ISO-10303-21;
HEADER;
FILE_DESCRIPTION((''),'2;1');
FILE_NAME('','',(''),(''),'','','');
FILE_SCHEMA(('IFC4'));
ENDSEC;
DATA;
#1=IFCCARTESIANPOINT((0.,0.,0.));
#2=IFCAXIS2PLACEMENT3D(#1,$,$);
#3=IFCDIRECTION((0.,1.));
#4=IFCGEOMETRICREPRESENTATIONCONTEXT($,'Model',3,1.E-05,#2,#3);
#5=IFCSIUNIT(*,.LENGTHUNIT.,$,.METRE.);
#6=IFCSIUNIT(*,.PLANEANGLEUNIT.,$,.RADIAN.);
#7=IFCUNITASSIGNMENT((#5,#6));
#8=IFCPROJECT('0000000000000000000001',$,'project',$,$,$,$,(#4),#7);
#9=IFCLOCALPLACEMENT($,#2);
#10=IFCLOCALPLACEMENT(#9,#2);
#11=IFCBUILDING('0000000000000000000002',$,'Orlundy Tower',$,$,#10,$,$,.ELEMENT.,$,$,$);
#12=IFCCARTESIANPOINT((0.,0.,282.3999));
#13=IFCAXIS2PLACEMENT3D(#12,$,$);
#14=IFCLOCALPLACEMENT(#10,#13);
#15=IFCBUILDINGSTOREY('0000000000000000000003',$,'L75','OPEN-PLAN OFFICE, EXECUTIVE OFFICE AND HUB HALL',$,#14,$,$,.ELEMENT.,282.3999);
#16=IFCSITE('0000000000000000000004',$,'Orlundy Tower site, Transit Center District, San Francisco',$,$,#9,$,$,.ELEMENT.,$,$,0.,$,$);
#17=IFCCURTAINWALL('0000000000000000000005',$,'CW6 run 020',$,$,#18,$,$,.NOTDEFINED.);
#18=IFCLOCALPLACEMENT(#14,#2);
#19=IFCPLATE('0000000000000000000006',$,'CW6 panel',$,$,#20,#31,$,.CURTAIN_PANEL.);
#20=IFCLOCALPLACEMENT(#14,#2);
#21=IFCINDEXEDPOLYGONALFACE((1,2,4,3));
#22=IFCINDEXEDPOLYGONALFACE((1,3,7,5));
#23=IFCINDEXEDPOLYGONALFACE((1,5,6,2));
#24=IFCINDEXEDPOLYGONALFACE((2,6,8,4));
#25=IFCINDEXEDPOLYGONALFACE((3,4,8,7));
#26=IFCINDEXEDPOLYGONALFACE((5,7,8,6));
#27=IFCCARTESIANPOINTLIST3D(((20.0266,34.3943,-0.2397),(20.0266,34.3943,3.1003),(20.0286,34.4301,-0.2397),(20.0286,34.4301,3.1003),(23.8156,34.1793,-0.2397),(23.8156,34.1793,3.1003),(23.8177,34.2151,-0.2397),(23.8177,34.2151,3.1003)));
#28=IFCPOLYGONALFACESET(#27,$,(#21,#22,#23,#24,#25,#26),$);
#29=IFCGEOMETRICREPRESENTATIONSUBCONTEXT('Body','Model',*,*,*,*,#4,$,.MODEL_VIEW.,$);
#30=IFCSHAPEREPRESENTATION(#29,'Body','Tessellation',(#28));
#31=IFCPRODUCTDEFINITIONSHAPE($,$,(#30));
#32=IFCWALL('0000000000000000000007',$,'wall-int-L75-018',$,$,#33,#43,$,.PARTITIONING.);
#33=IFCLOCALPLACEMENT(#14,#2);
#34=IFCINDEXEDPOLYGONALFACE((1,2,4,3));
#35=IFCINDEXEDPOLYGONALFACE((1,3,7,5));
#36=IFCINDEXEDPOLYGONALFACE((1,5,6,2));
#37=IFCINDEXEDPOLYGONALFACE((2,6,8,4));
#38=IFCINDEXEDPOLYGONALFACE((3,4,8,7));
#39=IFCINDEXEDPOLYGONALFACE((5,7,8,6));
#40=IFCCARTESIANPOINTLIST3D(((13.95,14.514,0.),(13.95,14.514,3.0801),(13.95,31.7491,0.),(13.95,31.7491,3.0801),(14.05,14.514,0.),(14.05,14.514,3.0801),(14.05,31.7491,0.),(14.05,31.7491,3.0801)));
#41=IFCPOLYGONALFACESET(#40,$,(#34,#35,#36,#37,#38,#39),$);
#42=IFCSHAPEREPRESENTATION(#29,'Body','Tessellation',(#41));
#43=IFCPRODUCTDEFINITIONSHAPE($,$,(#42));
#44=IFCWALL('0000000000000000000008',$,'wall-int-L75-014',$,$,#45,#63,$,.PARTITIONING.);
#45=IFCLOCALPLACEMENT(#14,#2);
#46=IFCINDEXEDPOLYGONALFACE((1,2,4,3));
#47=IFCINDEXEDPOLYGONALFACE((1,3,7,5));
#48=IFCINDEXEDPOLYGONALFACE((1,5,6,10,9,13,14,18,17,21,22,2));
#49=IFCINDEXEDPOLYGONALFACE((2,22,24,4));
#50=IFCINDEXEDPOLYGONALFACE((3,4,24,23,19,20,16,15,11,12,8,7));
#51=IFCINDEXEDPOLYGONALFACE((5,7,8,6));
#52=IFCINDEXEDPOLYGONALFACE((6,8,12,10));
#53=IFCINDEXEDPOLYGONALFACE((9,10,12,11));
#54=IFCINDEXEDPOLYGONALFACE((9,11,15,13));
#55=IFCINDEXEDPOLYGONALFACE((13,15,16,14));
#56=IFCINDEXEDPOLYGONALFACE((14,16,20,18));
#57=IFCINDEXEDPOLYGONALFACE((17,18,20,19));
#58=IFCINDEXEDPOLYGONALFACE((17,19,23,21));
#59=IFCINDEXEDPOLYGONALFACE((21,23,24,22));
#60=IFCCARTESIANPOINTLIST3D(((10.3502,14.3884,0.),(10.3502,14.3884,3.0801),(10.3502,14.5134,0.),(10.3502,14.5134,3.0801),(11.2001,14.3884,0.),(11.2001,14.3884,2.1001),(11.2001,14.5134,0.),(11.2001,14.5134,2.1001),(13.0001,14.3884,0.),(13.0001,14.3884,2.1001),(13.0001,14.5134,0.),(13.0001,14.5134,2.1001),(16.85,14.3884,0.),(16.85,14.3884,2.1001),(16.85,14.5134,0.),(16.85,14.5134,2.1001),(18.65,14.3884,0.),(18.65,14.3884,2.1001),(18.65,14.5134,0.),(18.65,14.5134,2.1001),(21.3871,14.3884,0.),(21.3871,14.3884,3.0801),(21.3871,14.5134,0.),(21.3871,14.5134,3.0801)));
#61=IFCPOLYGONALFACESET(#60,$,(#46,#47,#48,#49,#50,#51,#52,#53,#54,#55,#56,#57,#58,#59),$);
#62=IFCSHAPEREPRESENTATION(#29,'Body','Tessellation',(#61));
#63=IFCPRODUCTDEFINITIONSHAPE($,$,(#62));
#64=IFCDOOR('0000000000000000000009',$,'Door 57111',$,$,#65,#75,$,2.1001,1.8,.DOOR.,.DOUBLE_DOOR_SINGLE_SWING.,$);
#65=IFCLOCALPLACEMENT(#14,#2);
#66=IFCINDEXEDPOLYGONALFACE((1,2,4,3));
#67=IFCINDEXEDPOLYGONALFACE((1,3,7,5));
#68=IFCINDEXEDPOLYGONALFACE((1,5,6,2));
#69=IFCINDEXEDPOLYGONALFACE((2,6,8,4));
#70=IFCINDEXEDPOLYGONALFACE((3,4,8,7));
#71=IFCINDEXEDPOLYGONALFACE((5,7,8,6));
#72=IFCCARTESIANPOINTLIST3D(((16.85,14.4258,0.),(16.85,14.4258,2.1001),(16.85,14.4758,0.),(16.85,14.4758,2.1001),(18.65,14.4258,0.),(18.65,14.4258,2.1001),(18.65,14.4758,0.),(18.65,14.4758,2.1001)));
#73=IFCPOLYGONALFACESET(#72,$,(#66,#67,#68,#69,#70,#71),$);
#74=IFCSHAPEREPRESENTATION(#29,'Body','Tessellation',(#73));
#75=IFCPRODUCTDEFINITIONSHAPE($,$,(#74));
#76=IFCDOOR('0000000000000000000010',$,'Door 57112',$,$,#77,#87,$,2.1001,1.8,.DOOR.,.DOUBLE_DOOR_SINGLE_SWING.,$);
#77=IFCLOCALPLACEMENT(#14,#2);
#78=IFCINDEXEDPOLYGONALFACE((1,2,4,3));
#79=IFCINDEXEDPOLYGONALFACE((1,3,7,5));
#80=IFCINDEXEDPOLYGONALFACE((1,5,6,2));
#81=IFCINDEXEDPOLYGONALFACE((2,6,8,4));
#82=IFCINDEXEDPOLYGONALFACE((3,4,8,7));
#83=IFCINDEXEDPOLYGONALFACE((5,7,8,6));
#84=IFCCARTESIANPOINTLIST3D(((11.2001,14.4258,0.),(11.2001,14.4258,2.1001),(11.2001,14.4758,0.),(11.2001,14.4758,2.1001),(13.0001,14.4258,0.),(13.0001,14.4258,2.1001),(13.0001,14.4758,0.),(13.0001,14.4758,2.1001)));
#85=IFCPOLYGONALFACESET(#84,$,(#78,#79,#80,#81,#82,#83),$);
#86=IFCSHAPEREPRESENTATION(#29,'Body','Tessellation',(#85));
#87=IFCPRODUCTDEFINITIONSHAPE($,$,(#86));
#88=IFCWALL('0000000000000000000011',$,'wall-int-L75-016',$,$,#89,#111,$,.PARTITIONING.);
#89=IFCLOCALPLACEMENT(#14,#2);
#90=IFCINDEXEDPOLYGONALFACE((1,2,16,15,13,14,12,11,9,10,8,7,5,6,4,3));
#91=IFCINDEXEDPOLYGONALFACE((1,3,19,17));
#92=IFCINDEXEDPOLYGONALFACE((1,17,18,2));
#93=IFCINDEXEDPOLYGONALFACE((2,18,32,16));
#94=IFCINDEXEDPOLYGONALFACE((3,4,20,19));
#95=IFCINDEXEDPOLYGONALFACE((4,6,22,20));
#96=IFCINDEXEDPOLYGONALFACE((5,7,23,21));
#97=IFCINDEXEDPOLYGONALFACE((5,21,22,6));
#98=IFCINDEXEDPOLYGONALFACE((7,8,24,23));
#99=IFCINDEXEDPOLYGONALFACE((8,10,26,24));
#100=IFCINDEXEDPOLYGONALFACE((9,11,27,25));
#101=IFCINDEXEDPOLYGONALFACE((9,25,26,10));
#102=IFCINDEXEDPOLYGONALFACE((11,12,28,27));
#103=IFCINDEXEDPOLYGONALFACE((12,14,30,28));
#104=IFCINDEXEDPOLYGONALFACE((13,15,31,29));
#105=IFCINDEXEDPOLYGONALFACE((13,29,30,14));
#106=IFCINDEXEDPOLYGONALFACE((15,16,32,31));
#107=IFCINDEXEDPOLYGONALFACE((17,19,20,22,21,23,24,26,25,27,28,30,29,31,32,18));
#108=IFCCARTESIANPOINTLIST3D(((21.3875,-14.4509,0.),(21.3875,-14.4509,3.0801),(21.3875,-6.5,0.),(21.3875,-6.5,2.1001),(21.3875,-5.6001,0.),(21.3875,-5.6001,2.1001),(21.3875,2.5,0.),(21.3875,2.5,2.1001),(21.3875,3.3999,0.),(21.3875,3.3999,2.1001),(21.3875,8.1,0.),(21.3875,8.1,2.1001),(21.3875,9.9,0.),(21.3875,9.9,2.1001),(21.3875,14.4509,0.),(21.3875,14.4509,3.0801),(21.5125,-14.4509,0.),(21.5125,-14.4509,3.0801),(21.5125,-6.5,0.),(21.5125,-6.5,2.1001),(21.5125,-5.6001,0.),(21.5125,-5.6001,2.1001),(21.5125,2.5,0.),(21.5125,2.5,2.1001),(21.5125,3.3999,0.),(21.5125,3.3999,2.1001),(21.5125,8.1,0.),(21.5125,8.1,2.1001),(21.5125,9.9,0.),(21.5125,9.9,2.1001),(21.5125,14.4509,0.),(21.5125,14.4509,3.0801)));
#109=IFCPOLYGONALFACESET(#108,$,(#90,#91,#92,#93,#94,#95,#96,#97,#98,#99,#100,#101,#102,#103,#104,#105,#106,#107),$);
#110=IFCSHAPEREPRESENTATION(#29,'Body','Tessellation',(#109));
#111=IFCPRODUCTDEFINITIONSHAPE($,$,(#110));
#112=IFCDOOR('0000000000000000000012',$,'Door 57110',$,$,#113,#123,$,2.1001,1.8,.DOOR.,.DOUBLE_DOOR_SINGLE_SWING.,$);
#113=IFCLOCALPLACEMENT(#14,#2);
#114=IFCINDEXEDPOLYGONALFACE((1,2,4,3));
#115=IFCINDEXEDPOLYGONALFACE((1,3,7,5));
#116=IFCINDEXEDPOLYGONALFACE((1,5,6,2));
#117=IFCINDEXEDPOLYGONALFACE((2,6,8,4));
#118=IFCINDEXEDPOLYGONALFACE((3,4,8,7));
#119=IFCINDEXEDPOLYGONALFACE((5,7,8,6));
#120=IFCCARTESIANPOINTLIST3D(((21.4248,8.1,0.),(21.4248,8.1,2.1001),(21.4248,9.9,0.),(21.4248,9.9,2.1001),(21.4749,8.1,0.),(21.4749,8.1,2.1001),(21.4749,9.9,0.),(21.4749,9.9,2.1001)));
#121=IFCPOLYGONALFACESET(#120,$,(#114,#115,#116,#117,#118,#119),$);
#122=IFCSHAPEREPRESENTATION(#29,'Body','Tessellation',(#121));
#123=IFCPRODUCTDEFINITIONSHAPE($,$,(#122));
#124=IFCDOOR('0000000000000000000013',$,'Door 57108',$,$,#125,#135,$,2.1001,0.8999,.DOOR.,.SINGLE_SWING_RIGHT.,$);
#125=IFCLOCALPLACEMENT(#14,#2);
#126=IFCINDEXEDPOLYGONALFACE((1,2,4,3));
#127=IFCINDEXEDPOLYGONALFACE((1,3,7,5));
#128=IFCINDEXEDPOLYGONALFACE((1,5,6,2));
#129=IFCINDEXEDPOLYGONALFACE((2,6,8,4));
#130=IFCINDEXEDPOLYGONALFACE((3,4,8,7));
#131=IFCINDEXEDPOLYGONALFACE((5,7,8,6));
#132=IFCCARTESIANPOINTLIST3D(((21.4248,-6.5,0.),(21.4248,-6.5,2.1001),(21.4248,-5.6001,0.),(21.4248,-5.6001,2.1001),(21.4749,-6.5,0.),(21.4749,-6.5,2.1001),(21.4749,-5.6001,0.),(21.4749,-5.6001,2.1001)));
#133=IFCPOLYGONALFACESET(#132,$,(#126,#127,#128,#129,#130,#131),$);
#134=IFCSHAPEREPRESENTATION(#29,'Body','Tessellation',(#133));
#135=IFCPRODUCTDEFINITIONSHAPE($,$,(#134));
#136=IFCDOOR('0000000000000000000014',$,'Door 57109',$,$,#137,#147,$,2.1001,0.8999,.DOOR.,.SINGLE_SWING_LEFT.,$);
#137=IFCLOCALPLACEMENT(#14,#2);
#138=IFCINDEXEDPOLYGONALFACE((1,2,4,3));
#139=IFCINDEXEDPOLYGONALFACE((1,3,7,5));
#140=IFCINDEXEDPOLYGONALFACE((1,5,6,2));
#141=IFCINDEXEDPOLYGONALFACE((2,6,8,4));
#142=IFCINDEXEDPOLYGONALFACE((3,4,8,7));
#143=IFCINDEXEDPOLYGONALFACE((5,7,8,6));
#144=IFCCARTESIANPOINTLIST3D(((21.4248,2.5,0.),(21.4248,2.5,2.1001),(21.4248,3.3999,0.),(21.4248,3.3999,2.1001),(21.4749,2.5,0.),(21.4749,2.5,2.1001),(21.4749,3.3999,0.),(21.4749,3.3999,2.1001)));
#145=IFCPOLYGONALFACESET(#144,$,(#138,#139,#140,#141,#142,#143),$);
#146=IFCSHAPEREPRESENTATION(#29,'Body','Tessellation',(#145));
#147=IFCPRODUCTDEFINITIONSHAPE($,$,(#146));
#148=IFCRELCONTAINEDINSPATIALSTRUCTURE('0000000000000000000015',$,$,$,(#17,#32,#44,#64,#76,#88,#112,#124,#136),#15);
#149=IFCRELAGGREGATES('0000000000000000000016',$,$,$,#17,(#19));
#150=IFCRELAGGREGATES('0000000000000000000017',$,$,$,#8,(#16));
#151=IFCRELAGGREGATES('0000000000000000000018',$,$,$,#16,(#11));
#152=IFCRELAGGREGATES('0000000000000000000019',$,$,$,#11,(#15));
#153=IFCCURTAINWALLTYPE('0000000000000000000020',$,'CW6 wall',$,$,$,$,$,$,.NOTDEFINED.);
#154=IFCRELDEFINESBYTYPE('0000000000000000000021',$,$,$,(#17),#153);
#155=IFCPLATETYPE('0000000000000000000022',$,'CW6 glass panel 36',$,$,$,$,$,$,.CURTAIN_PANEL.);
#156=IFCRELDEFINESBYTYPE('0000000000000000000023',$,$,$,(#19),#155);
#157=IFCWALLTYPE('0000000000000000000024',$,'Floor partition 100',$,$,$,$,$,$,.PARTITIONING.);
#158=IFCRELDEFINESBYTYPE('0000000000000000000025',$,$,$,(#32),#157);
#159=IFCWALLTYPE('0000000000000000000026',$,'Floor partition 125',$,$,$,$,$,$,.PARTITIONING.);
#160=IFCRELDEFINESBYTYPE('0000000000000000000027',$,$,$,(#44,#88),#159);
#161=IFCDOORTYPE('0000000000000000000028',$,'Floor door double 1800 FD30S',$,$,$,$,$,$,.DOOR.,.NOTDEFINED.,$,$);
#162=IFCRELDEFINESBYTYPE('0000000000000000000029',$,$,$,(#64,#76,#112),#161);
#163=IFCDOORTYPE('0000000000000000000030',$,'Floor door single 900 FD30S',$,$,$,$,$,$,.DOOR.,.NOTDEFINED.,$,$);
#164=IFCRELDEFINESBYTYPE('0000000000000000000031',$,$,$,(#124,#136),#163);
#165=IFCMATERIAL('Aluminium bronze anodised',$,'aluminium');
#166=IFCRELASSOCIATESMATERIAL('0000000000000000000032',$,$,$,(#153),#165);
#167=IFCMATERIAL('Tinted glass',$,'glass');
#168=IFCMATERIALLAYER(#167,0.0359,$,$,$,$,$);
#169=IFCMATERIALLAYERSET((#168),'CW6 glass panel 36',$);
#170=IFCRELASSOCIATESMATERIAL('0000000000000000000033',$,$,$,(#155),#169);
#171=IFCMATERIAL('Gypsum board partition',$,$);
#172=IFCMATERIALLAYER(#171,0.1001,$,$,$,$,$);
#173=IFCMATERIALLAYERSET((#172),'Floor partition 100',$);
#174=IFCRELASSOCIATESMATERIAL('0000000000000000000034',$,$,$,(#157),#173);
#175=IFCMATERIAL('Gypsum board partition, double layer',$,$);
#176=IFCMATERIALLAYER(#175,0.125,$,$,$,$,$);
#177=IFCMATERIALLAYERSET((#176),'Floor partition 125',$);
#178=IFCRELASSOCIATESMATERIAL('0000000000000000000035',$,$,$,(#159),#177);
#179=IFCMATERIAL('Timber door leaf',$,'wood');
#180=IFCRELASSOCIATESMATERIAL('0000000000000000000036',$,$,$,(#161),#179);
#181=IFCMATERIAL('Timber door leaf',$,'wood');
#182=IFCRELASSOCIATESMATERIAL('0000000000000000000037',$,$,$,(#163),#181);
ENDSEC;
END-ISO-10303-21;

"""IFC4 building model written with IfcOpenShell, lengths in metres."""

from ifc_helpers import new_model, si_unit, direction, frame, frame_2d, origin, origin_2d, place, context, subcontext, project, spatial, rectangle, extrude, material, layer, layer_set, type_object, element, fill, aggregate, save


model = new_model("IFC4")

# Units and contexts
model_context = context("Model", 3, precision=1e-05, world=origin(), true_north=direction((0.0, 1.0)))
body_context = subcontext(model_context, "Body", "Model", "MODEL_VIEW")
ifc_project = project(units=[si_unit("LENGTHUNIT", "METRE"), si_unit("PLANEANGLEUNIT", "RADIAN")], contexts=[model_context])

# Site, building, storey
site_placement = place(None, origin())
site = spatial("IfcSite", under=ifc_project, at=site_placement, Name="Orlundy Tower site, Transit Center District, San Francisco", CompositionType="ELEMENT", RefElevation=0.0)
building_placement = place(site_placement, origin())
building = spatial("IfcBuilding", under=site, at=building_placement, Name="Orlundy Tower", CompositionType="ELEMENT")
storey_placement = place(building_placement, frame((0.0, 0.0, 282.3999)))
storey = spatial("IfcBuildingStorey", under=building, at=storey_placement, Name="L75", Description="OPEN-PLAN OFFICE, EXECUTIVE OFFICE AND HUB HALL", CompositionType="ELEMENT", Elevation=282.3999)

# Curtain wall
ifc_material_1 = material(Name="Aluminium bronze anodised", Category="aluminium")
curtain_wall_type = type_object("IfcCurtainWallType", Name="CW6 wall", PredefinedType="NOTDEFINED", material=ifc_material_1)
curtain_wall_1_placement = place(storey_placement, origin())
curtain_wall_1 = element("IfcCurtainWall", 1, at=curtain_wall_1_placement, inside=storey, type_object=curtain_wall_type, Name="CW6 run 020", PredefinedType="NOTDEFINED")

# Plate
ifc_material_2 = material(Name="Tinted glass", Category="glass")
ifc_layer_1 = layer(ifc_material_2, 0.0359)
ifc_layer_set_1 = layer_set([ifc_layer_1], Name="CW6 glass panel 36")
plate_type = type_object("IfcPlateType", Name="CW6 glass panel 36", PredefinedType="CURTAIN_PANEL", material=ifc_layer_set_1)
plate_1_placement = place(storey_placement, frame((21.9221, 34.3047, -0.2397), z_axis=(0.0, 0.0, 1.0), x_axis=(0.998394, -0.05665, 0.0)))
plate_1 = element("IfcPlate", 2, at=plate_1_placement, type_object=plate_type, Name="CW6 panel", PredefinedType="CURTAIN_PANEL", context=body_context, shape_type="SweptSolid", body=[
    extrude(rectangle(XDim=3.7952, YDim=0.0359, at=origin_2d()), origin(), (0.0, 0.0, 1.0), 3.3401),
])
aggregate(curtain_wall_1, [plate_1])

# Wall
ifc_material_3 = material(Name="Gypsum board partition")
ifc_layer_2 = layer(ifc_material_3, 0.1001)
ifc_layer_set_2 = layer_set([ifc_layer_2], Name="Floor partition 100")
wall_type_1 = type_object("IfcWallType", Name="Floor partition 100", PredefinedType="PARTITIONING", material=ifc_layer_set_2)
wall_1_placement = place(storey_placement, frame((14.0, 14.5139, 0.0), z_axis=(0.0, 0.0, 1.0), x_axis=(0.0, 1.0, 0.0)))
element("IfcWall", 3, at=wall_1_placement, inside=storey, type_object=wall_type_1, Name="wall-int-L75-018", PredefinedType="PARTITIONING", context=body_context, shape_type="SweptSolid", body=[
    extrude(rectangle(XDim=17.2351, YDim=0.1001, at=frame_2d((8.6177, 0.0))), origin(), (0.0, 0.0, 1.0), 3.0801),
])

# Walls, openings, doors
ifc_material_4 = material(Name="Gypsum board partition, double layer")
ifc_layer_3 = layer(ifc_material_4, 0.125)
ifc_layer_set_3 = layer_set([ifc_layer_3], Name="Floor partition 125")
wall_type_2 = type_object("IfcWallType", Name="Floor partition 125", PredefinedType="PARTITIONING", material=ifc_layer_set_3)
wall_2_placement = place(storey_placement, frame((10.3501, 14.4509, 0.0), z_axis=(0.0, 0.0, 1.0), x_axis=(1.0, 0.0, 0.0)))
wall_2 = element("IfcWall", 4, at=wall_2_placement, inside=storey, type_object=wall_type_2, Name="wall-int-L75-014", PredefinedType="PARTITIONING", context=body_context, shape_type="SweptSolid", body=[
    extrude(rectangle(XDim=11.0369, YDim=0.125, at=frame_2d((5.5186, 0.0))), origin(), (0.0, 0.0, 1.0), 3.0801),
])
opening_1_placement = place(wall_2_placement, frame((6.5, 0.0, 0.0)))
opening_1 = element("IfcOpeningElement", 5, at=opening_1_placement, cuts=wall_2, PredefinedType="OPENING", context=body_context, shape_type="SweptSolid", body=[
    extrude(rectangle(XDim=1.8, YDim=2.1001, at=frame_2d((0.8999, 1.05))), frame((0.0, 0.0725, 0.0), z_axis=(0.0, -1.0, 0.0), x_axis=(1.0, 0.0, 0.0)), (0.0, 0.0, 1.0), 0.145),
])
opening_2_placement = place(wall_2_placement, frame((0.8501, 0.0, 0.0)))
opening_2 = element("IfcOpeningElement", 6, at=opening_2_placement, cuts=wall_2, PredefinedType="OPENING", context=body_context, shape_type="SweptSolid", body=[
    extrude(rectangle(XDim=1.8, YDim=2.1001, at=frame_2d((0.8999, 1.05))), frame((0.0, 0.0725, 0.0), z_axis=(0.0, -1.0, 0.0), x_axis=(1.0, 0.0, 0.0)), (0.0, 0.0, 1.0), 0.145),
])
ifc_material_5 = material(Name="Timber door leaf", Category="wood")
door_type_1 = type_object("IfcDoorType", Name="Floor door double 1800 FD30S", OperationType="NOTDEFINED", PredefinedType="DOOR", material=ifc_material_5)
door_1_placement = place(opening_1_placement, origin())
door_1 = element("IfcDoor", 7, at=door_1_placement, inside=storey, type_object=door_type_1, Name="Door 57111", OperationType="DOUBLE_DOOR_SINGLE_SWING", OverallHeight=2.1001, OverallWidth=1.8, PredefinedType="DOOR", context=body_context, shape_type="SweptSolid", body=[
    extrude(rectangle(XDim=1.8, YDim=2.1001, at=frame_2d((0.8999, 1.05))), frame((0.0, 0.0249, 0.0), z_axis=(0.0, -1.0, 0.0), x_axis=(1.0, 0.0, 0.0)), (0.0, 0.0, 1.0), 0.05),
])
fill(opening_1, door_1)
door_2_placement = place(opening_2_placement, origin())
door_2 = element("IfcDoor", 8, at=door_2_placement, inside=storey, type_object=door_type_1, Name="Door 57112", OperationType="DOUBLE_DOOR_SINGLE_SWING", OverallHeight=2.1001, OverallWidth=1.8, PredefinedType="DOOR", context=body_context, shape_type="SweptSolid", body=[
    extrude(rectangle(XDim=1.8, YDim=2.1001, at=frame_2d((0.8999, 1.05))), frame((0.0, 0.0249, 0.0), z_axis=(0.0, -1.0, 0.0), x_axis=(1.0, 0.0, 0.0)), (0.0, 0.0, 1.0), 0.05),
])
fill(opening_2, door_2)
wall_3_placement = place(storey_placement, frame((21.45, 14.4509, 0.0), z_axis=(0.0, 0.0, 1.0), x_axis=(0.0, -1.0, 0.0)))
wall_3 = element("IfcWall", 9, at=wall_3_placement, inside=storey, type_object=wall_type_2, Name="wall-int-L75-016", PredefinedType="PARTITIONING", context=body_context, shape_type="SweptSolid", body=[
    extrude(rectangle(XDim=28.9019, YDim=0.125, at=frame_2d((14.4509, 0.0))), origin(), (0.0, 0.0, 1.0), 3.0801),
])
opening_3_placement = place(wall_3_placement, frame((20.051, 0.0, 0.0)))
opening_3 = element("IfcOpeningElement", 10, at=opening_3_placement, cuts=wall_3, PredefinedType="OPENING", context=body_context, shape_type="SweptSolid", body=[
    extrude(rectangle(XDim=0.8999, YDim=2.1001, at=frame_2d((0.45, 1.05))), frame((0.0, 0.0725, 0.0), z_axis=(0.0, -1.0, 0.0), x_axis=(1.0, 0.0, 0.0)), (0.0, 0.0, 1.0), 0.145),
])
opening_4_placement = place(wall_3_placement, frame((11.051, 0.0, 0.0)))
opening_4 = element("IfcOpeningElement", 11, at=opening_4_placement, cuts=wall_3, PredefinedType="OPENING", context=body_context, shape_type="SweptSolid", body=[
    extrude(rectangle(XDim=0.8999, YDim=2.1001, at=frame_2d((0.45, 1.05))), frame((0.0, 0.0725, 0.0), z_axis=(0.0, -1.0, 0.0), x_axis=(1.0, 0.0, 0.0)), (0.0, 0.0, 1.0), 0.145),
])
opening_5_placement = place(wall_3_placement, frame((4.551, 0.0, 0.0)))
opening_5 = element("IfcOpeningElement", 12, at=opening_5_placement, cuts=wall_3, PredefinedType="OPENING", context=body_context, shape_type="SweptSolid", body=[
    extrude(rectangle(XDim=1.8, YDim=2.1001, at=frame_2d((0.8999, 1.05))), frame((0.0, 0.0725, 0.0), z_axis=(0.0, -1.0, 0.0), x_axis=(1.0, 0.0, 0.0)), (0.0, 0.0, 1.0), 0.145),
])
door_3_placement = place(opening_5_placement, origin())
door_3 = element("IfcDoor", 13, at=door_3_placement, inside=storey, type_object=door_type_1, Name="Door 57110", OperationType="DOUBLE_DOOR_SINGLE_SWING", OverallHeight=2.1001, OverallWidth=1.8, PredefinedType="DOOR", context=body_context, shape_type="SweptSolid", body=[
    extrude(rectangle(XDim=1.8, YDim=2.1001, at=frame_2d((0.8999, 1.05))), frame((0.0, 0.0249, 0.0), z_axis=(0.0, -1.0, 0.0), x_axis=(1.0, 0.0, 0.0)), (0.0, 0.0, 1.0), 0.05),
])
fill(opening_5, door_3)
ifc_material_6 = material(Name="Timber door leaf", Category="wood")
door_type_2 = type_object("IfcDoorType", Name="Floor door single 900 FD30S", OperationType="NOTDEFINED", PredefinedType="DOOR", material=ifc_material_6)
door_4_placement = place(opening_3_placement, origin())
door_4 = element("IfcDoor", 14, at=door_4_placement, inside=storey, type_object=door_type_2, Name="Door 57108", OperationType="SINGLE_SWING_RIGHT", OverallHeight=2.1001, OverallWidth=0.8999, PredefinedType="DOOR", context=body_context, shape_type="SweptSolid", body=[
    extrude(rectangle(XDim=0.8999, YDim=2.1001, at=frame_2d((0.45, 1.05))), frame((0.0, 0.0249, 0.0), z_axis=(0.0, -1.0, 0.0), x_axis=(1.0, 0.0, 0.0)), (0.0, 0.0, 1.0), 0.05),
])
fill(opening_3, door_4)
door_5_placement = place(opening_4_placement, origin())
door_5 = element("IfcDoor", 15, at=door_5_placement, inside=storey, type_object=door_type_2, Name="Door 57109", OperationType="SINGLE_SWING_LEFT", OverallHeight=2.1001, OverallWidth=0.8999, PredefinedType="DOOR", context=body_context, shape_type="SweptSolid", body=[
    extrude(rectangle(XDim=0.8999, YDim=2.1001, at=frame_2d((0.45, 1.05))), frame((0.0, 0.0249, 0.0), z_axis=(0.0, -1.0, 0.0), x_axis=(1.0, 0.0, 0.0)), (0.0, 0.0, 1.0), 0.05),
])
fill(opening_4, door_5)

save(model, "model.ifc")
